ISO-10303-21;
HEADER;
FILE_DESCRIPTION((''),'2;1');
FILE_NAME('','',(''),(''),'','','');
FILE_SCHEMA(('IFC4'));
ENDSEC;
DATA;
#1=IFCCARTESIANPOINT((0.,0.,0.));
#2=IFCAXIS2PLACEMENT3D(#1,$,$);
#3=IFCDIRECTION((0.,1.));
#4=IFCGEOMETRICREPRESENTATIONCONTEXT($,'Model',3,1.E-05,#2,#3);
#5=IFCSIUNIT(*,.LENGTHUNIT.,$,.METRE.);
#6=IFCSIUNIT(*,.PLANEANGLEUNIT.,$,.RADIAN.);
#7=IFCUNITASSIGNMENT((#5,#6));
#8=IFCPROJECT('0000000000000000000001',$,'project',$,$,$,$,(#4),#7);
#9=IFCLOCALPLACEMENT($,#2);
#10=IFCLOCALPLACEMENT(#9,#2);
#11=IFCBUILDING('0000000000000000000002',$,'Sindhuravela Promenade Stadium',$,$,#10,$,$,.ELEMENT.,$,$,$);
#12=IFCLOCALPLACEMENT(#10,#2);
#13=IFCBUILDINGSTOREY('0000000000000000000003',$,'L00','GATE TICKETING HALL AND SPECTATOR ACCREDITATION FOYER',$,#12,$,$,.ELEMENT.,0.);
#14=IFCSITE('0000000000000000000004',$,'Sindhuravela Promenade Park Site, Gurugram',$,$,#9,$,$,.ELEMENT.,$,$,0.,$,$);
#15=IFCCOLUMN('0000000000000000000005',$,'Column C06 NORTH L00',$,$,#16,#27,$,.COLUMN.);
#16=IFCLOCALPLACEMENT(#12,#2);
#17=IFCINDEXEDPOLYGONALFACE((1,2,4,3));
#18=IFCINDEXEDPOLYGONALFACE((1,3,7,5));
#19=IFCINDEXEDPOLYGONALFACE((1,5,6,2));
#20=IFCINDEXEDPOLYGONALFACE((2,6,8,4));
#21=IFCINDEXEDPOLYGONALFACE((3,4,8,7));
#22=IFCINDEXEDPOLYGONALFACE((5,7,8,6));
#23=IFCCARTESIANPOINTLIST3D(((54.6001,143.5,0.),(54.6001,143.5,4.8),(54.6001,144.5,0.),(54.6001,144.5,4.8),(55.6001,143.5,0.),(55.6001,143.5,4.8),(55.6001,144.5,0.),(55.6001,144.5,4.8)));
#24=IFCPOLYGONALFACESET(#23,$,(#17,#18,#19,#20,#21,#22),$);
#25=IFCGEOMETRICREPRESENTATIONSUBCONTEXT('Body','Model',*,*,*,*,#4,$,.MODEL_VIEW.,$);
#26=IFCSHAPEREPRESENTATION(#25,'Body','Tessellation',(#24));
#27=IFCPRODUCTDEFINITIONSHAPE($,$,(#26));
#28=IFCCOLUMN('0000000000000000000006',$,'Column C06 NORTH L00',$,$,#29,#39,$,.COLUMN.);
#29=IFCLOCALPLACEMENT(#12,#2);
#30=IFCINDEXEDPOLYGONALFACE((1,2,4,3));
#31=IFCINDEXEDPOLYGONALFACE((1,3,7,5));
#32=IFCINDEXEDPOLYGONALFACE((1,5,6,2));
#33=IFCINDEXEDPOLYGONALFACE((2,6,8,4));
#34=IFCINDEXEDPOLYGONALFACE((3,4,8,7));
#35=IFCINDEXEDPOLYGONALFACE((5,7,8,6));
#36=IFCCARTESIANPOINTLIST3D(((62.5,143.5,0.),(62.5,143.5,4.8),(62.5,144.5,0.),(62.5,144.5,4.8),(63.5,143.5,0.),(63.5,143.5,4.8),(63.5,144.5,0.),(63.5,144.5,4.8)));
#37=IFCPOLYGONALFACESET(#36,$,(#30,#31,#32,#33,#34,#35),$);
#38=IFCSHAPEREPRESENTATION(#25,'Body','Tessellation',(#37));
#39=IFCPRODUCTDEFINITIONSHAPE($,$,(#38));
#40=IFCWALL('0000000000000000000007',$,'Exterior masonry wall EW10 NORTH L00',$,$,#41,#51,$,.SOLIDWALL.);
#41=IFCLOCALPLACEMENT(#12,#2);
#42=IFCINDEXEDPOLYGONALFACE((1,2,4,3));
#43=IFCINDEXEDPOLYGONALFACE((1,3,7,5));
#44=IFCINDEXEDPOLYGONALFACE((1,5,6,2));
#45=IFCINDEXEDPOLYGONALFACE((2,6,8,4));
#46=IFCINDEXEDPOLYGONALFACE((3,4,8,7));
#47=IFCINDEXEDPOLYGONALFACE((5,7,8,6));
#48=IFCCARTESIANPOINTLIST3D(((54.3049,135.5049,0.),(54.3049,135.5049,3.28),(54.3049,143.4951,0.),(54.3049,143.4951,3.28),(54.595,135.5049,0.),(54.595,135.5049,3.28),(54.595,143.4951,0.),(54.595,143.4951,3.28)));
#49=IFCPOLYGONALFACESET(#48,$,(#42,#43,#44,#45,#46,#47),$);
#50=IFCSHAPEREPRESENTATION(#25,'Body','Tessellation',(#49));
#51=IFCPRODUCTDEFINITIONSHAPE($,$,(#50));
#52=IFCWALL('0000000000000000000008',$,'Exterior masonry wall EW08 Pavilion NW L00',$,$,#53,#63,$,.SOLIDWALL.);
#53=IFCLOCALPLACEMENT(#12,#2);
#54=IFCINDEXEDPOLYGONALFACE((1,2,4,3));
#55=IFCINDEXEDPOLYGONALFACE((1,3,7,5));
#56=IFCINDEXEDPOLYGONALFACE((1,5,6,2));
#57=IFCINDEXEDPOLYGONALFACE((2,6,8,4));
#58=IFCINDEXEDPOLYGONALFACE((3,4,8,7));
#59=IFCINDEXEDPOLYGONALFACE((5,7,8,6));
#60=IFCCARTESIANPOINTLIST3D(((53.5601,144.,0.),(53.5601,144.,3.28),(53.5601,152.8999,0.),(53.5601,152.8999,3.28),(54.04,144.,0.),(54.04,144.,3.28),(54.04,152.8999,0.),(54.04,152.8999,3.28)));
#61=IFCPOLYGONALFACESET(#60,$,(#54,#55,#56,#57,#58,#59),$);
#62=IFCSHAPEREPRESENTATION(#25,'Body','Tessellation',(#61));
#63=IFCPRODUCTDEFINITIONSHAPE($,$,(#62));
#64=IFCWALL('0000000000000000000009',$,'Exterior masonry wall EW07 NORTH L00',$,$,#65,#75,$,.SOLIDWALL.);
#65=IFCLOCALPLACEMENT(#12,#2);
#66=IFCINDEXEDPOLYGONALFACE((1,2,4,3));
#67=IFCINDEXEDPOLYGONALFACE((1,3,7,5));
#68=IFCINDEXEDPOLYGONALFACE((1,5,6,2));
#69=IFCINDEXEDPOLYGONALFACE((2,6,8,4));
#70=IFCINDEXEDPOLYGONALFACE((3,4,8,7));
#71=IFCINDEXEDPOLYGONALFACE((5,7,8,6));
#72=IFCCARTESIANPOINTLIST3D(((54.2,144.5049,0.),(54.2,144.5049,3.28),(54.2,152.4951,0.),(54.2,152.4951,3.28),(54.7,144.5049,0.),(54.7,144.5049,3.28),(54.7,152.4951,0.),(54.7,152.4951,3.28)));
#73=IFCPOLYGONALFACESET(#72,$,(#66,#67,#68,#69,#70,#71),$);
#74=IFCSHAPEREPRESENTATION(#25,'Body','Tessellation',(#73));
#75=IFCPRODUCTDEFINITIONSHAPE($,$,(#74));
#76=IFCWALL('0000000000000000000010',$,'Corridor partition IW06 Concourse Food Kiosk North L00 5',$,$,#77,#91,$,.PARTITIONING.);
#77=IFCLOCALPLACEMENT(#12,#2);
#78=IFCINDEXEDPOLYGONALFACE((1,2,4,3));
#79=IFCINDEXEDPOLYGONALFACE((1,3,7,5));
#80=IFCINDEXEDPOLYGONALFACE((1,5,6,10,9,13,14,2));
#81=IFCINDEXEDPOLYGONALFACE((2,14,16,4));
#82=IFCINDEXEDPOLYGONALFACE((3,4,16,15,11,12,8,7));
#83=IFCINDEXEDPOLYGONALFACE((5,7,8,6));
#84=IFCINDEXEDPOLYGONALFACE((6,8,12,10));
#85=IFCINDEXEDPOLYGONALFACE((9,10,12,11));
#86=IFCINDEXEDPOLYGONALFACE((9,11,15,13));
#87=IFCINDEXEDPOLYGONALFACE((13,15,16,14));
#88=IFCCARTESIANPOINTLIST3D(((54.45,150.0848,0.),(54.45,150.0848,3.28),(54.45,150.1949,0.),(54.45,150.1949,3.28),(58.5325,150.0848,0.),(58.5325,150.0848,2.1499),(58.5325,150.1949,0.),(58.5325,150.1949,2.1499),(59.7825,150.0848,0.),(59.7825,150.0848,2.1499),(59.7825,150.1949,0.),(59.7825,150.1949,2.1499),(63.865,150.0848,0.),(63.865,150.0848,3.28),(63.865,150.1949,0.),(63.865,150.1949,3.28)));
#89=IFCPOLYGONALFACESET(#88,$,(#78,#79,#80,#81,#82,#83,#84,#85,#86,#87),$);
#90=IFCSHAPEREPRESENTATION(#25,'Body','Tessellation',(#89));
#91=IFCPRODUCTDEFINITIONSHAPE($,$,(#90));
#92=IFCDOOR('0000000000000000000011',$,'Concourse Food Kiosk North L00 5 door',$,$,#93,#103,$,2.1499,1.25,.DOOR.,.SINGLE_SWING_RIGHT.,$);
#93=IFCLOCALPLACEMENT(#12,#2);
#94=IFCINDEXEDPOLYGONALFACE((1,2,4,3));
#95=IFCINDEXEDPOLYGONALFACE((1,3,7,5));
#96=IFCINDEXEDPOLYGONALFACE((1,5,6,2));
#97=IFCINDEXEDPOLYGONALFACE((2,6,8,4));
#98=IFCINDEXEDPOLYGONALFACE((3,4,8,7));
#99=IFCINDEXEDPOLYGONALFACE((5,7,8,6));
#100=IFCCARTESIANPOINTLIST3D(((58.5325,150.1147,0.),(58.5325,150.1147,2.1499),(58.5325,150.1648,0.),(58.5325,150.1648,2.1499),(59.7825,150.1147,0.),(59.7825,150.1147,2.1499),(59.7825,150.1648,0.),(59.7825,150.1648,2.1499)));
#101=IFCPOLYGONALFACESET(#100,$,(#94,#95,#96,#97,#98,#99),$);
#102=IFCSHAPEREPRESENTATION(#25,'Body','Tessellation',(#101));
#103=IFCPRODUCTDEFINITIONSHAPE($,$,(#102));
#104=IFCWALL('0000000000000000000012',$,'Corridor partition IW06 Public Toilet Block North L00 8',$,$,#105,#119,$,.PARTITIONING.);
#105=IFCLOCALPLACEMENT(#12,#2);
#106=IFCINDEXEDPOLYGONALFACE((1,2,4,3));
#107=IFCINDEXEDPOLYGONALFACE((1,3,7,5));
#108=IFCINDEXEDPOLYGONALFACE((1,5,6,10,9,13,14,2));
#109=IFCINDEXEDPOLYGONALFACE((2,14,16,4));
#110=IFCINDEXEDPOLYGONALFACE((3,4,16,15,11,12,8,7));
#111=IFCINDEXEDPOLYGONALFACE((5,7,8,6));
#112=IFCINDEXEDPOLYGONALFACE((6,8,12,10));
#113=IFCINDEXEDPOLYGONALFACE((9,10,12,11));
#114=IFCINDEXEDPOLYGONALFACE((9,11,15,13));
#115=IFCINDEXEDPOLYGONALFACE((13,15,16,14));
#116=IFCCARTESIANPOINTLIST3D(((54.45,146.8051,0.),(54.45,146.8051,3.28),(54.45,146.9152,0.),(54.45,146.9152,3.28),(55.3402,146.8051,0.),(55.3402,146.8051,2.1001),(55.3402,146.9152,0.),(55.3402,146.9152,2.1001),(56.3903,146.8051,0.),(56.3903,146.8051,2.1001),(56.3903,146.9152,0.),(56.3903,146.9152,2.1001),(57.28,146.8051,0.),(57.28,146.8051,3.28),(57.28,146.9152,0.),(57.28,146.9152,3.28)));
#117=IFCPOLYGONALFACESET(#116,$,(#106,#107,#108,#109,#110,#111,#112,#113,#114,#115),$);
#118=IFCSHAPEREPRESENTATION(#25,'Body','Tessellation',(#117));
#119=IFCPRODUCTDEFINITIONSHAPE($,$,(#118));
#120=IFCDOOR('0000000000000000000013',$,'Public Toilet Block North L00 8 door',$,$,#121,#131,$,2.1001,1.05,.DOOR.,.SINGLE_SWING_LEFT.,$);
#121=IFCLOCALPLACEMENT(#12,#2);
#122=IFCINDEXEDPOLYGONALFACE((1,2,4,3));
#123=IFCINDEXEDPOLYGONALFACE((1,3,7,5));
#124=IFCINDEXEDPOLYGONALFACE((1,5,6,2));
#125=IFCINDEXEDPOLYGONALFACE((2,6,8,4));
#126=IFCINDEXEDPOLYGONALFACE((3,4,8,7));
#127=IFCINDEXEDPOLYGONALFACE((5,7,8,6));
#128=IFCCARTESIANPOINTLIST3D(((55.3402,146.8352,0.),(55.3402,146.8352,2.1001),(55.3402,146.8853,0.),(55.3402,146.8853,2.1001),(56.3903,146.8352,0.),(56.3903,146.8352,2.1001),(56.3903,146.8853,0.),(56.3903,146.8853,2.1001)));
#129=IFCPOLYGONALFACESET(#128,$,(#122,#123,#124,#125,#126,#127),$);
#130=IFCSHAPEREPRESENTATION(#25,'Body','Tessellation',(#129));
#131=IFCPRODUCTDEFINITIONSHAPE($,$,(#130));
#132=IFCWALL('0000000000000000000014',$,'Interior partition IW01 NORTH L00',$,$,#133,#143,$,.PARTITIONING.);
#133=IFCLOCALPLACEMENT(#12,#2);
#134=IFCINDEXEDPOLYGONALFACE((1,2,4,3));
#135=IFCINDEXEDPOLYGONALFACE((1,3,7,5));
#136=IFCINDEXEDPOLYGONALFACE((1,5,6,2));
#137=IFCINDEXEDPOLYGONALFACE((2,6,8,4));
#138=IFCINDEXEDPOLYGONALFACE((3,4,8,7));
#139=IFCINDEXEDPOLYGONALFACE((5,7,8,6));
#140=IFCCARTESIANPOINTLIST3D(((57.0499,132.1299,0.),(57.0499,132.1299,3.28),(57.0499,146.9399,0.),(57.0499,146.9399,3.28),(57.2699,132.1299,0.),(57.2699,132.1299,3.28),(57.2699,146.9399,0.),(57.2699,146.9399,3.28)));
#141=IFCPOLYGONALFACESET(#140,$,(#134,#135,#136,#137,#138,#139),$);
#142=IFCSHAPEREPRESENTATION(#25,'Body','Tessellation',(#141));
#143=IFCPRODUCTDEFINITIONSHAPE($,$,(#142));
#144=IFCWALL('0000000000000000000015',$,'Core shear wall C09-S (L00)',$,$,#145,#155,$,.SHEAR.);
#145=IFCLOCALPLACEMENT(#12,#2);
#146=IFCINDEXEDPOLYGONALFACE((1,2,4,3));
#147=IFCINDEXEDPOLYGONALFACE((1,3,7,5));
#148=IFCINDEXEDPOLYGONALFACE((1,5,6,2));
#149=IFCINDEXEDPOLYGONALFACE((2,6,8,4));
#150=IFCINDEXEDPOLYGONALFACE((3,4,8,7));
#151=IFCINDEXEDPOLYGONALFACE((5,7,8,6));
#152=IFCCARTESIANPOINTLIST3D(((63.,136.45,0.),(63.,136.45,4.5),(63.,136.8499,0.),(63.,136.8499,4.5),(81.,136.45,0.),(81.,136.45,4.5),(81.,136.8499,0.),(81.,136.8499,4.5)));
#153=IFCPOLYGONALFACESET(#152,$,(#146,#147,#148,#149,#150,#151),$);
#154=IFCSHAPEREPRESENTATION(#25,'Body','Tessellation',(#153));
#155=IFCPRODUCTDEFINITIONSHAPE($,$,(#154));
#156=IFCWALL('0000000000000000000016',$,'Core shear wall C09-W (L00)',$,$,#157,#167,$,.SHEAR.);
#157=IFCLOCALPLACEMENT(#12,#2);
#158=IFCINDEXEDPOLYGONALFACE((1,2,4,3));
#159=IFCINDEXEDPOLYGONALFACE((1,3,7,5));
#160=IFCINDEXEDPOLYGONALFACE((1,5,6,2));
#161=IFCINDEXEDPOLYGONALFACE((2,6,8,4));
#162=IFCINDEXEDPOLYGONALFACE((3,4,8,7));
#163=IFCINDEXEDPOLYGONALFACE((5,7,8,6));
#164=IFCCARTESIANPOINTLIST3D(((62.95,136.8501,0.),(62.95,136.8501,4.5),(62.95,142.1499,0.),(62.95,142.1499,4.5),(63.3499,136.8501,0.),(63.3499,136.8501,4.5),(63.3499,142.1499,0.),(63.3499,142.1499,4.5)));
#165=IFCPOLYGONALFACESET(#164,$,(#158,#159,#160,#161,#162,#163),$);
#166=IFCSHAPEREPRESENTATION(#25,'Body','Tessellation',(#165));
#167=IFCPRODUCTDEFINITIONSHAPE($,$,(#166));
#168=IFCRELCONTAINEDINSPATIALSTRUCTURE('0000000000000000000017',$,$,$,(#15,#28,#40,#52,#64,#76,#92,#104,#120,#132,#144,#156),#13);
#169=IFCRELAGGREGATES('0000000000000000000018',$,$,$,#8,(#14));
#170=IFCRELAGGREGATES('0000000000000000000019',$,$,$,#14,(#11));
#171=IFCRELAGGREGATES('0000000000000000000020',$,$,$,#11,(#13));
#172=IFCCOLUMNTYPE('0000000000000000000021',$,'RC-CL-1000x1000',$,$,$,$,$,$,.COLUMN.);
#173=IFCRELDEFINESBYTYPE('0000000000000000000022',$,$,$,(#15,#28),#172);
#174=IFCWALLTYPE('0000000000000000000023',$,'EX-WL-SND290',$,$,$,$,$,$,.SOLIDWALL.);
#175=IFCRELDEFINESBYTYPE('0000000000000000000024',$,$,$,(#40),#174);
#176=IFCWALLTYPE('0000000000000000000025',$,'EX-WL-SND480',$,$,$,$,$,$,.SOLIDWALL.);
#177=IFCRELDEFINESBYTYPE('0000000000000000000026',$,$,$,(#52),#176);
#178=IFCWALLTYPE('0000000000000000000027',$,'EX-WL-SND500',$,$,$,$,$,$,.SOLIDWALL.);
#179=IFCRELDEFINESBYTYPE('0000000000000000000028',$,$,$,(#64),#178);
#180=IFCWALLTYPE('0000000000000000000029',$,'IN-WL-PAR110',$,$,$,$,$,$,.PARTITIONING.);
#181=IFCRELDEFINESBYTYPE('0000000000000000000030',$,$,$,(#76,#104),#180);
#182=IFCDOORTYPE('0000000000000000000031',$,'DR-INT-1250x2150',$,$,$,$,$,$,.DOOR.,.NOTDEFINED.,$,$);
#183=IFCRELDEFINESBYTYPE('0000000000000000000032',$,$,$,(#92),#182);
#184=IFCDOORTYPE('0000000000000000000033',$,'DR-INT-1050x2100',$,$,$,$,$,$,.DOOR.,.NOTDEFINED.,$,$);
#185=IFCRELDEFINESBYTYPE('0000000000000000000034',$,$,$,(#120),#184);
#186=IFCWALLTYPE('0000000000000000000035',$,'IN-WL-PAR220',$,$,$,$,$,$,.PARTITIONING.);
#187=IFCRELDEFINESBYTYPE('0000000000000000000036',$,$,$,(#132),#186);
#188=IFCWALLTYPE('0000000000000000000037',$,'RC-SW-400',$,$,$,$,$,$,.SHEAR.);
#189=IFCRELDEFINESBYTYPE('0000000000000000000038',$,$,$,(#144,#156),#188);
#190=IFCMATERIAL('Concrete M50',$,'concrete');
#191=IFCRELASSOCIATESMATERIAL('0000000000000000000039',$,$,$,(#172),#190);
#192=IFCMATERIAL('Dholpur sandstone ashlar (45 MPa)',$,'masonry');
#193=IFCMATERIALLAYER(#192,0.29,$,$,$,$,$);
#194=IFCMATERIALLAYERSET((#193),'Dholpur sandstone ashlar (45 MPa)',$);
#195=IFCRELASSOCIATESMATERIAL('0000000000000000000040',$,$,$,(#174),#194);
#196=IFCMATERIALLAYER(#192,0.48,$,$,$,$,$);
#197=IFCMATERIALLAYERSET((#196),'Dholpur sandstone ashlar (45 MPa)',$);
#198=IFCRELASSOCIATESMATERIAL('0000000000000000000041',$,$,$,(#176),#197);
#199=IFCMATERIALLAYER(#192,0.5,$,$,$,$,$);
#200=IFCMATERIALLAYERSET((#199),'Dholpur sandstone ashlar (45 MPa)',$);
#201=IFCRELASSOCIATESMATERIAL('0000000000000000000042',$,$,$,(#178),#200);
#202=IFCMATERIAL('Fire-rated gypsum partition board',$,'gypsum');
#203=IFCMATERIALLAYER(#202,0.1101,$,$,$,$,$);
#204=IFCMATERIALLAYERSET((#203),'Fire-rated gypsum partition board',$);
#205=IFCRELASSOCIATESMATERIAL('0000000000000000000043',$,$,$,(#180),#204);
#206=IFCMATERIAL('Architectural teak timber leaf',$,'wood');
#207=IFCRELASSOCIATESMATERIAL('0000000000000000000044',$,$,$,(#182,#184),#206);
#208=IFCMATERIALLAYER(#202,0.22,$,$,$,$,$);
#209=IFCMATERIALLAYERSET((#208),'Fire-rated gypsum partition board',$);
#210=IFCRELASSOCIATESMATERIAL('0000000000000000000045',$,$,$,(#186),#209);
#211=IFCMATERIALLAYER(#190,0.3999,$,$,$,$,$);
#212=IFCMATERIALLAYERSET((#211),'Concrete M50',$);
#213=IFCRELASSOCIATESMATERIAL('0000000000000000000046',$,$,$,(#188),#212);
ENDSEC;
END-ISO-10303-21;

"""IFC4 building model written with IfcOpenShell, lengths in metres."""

from ifc_helpers import new_model, si_unit, direction, frame, frame_2d, origin, origin_2d, place, context, subcontext, project, spatial, rectangle, extrude, material, layer, layer_set, material_profile, profile_set, type_object, element, fill, save


model = new_model("IFC4")

# Units and contexts
model_context = context("Model", 3, precision=1e-05, world=origin(), true_north=direction((0.0, 1.0)))
body_context = subcontext(model_context, "Body", "Model", "MODEL_VIEW")
ifc_project = project(units=[si_unit("LENGTHUNIT", "METRE"), si_unit("PLANEANGLEUNIT", "RADIAN")], contexts=[model_context])

# Site, building, storey
site_placement = place(None, origin())
site = spatial("IfcSite", under=ifc_project, at=site_placement, Name="Sindhuravela Promenade Park Site, Gurugram", CompositionType="ELEMENT", RefElevation=0.0)
building_placement = place(site_placement, origin())
building = spatial("IfcBuilding", under=site, at=building_placement, Name="Sindhuravela Promenade Stadium", CompositionType="ELEMENT")
storey_placement = place(building_placement, origin())
storey = spatial("IfcBuildingStorey", under=building, at=storey_placement, Name="L00", Description="GATE TICKETING HALL AND SPECTATOR ACCREDITATION FOYER", CompositionType="ELEMENT", Elevation=0.0)

# Shared definitions
ifc_material_1 = material(Name="Concrete M50", Category="concrete")

# Columns
ifc_material_profile_1 = material_profile(ifc_material_1, rectangle(XDim=1.0, YDim=1.0, at=origin_2d()), Name="RC 1000x1000")
ifc_profile_set_1 = profile_set([ifc_material_profile_1], Name="Concrete M50")
column_type = type_object("IfcColumnType", Name="RC-CL-1000x1000", PredefinedType="COLUMN", material=ifc_profile_set_1)
for number, where, z_axis, x_axis, name in (
    (1, (55.1001, 144.0, 0.0), (0.0, 0.0, 1.0), (1.0, 0.0, 0.0), "Column C06 NORTH L00"),
    (2, (63.0, 144.0, 0.0), (0.0, 0.0, 1.0), (1.0, 0.0, 0.0), "Column C06 NORTH L00"),
):
    element("IfcColumn", number, at=place(storey_placement, frame(where, z_axis=z_axis, x_axis=x_axis)), inside=storey, type_object=column_type, Name=name, PredefinedType="COLUMN", context=body_context, shape_type="SweptSolid", body=[
        extrude(rectangle(XDim=1.0, YDim=1.0, at=origin_2d()), origin(), (0.0, 0.0, 1.0), 4.8),
    ])

# Walls
ifc_material_2 = material(Name="Dholpur sandstone ashlar (45 MPa)", Category="masonry")
ifc_layer_1 = layer(ifc_material_2, 0.29)
ifc_layer_set_1 = layer_set([ifc_layer_1], Name="Dholpur sandstone ashlar (45 MPa)")
wall_type_1 = type_object("IfcWallType", Name="EX-WL-SND290", PredefinedType="SOLIDWALL", material=ifc_layer_set_1)
wall_1_placement = place(storey_placement, frame((54.45, 135.5049, 0.0), z_axis=(0.0, 0.0, 1.0), x_axis=(0.0, 1.0, 0.0)))
element("IfcWall", 3, at=wall_1_placement, inside=storey, type_object=wall_type_1, Name="Exterior masonry wall EW10 NORTH L00", PredefinedType="SOLIDWALL", context=body_context, shape_type="SweptSolid", body=[
    extrude(rectangle(XDim=7.9902, YDim=0.29, at=frame_2d((3.9951, 0.0))), origin(), (0.0, 0.0, 1.0), 3.28),
])
ifc_layer_2 = layer(ifc_material_2, 0.48)
ifc_layer_set_2 = layer_set([ifc_layer_2], Name="Dholpur sandstone ashlar (45 MPa)")
wall_type_2 = type_object("IfcWallType", Name="EX-WL-SND480", PredefinedType="SOLIDWALL", material=ifc_layer_set_2)
wall_2_placement = place(storey_placement, frame((53.8, 152.8999, 0.0), z_axis=(0.0, 0.0, 1.0), x_axis=(0.0, -1.0, 0.0)))
element("IfcWall", 4, at=wall_2_placement, inside=storey, type_object=wall_type_2, Name="Exterior masonry wall EW08 Pavilion NW L00", PredefinedType="SOLIDWALL", context=body_context, shape_type="SweptSolid", body=[
    extrude(rectangle(XDim=8.8999, YDim=0.48, at=frame_2d((4.45, 0.0))), origin(), (0.0, 0.0, 1.0), 3.28),
])
ifc_layer_3 = layer(ifc_material_2, 0.5)
ifc_layer_set_3 = layer_set([ifc_layer_3], Name="Dholpur sandstone ashlar (45 MPa)")
wall_type_3 = type_object("IfcWallType", Name="EX-WL-SND500", PredefinedType="SOLIDWALL", material=ifc_layer_set_3)
wall_3_placement = place(storey_placement, frame((54.45, 144.5049, 0.0), z_axis=(0.0, 0.0, 1.0), x_axis=(0.0, 1.0, 0.0)))
element("IfcWall", 5, at=wall_3_placement, inside=storey, type_object=wall_type_3, Name="Exterior masonry wall EW07 NORTH L00", PredefinedType="SOLIDWALL", context=body_context, shape_type="SweptSolid", body=[
    extrude(rectangle(XDim=7.9902, YDim=0.5, at=frame_2d((3.9951, 0.0))), origin(), (0.0, 0.0, 1.0), 3.28),
])

# Walls, openings, doors
ifc_material_3 = material(Name="Fire-rated gypsum partition board", Category="gypsum")
ifc_layer_4 = layer(ifc_material_3, 0.1101)
ifc_layer_set_4 = layer_set([ifc_layer_4], Name="Fire-rated gypsum partition board")
wall_type_4 = type_object("IfcWallType", Name="IN-WL-PAR110", PredefinedType="PARTITIONING", material=ifc_layer_set_4)
wall_4_placement = place(storey_placement, frame((54.45, 150.1399, 0.0), z_axis=(0.0, 0.0, 1.0), x_axis=(1.0, 0.0, 0.0)))
wall_4 = element("IfcWall", 6, at=wall_4_placement, inside=storey, type_object=wall_type_4, Name="Corridor partition IW06 Concourse Food Kiosk North L00 5", PredefinedType="PARTITIONING", context=body_context, shape_type="SweptSolid", body=[
    extrude(rectangle(XDim=9.415, YDim=0.1101, at=frame_2d((4.7075, 0.0))), origin(), (0.0, 0.0, 1.0), 3.28),
])
opening_1_placement = place(wall_4_placement, frame((4.0825, 0.0, 0.0)))
opening_1 = element("IfcOpeningElement", 7, at=opening_1_placement, cuts=wall_4, PredefinedType="OPENING", context=body_context, shape_type="SweptSolid", body=[
    extrude(rectangle(XDim=1.25, YDim=2.1499, at=frame_2d((0.625, 1.075))), frame((0.0, 0.0649, 0.0), z_axis=(0.0, -1.0, 0.0), x_axis=(1.0, 0.0, 0.0)), (0.0, 0.0, 1.0), 0.1301),
])
ifc_material_4 = material(Name="Architectural teak timber leaf", Category="wood")
door_type_1 = type_object("IfcDoorType", Name="DR-INT-1250x2150", OperationType="NOTDEFINED", PredefinedType="DOOR", material=ifc_material_4)
door_1_placement = place(opening_1_placement, origin())
door_1 = element("IfcDoor", 8, at=door_1_placement, inside=storey, type_object=door_type_1, Name="Concourse Food Kiosk North L00 5 door", OperationType="SINGLE_SWING_RIGHT", OverallHeight=2.1499, OverallWidth=1.25, PredefinedType="DOOR", context=body_context, shape_type="SweptSolid", body=[
    extrude(rectangle(XDim=1.25, YDim=2.1499, at=frame_2d((0.625, 1.075))), frame((0.0, 0.0249, 0.0), z_axis=(0.0, -1.0, 0.0), x_axis=(1.0, 0.0, 0.0)), (0.0, 0.0, 1.0), 0.05),
])
fill(opening_1, door_1)
wall_5_placement = place(storey_placement, frame((57.28, 146.8601, 0.0), z_axis=(0.0, 0.0, 1.0), x_axis=(-1.0, 0.0, 0.0)))
wall_5 = element("IfcWall", 9, at=wall_5_placement, inside=storey, type_object=wall_type_4, Name="Corridor partition IW06 Public Toilet Block North L00 8", PredefinedType="PARTITIONING", context=body_context, shape_type="SweptSolid", body=[
    extrude(rectangle(XDim=2.8301, YDim=0.1101, at=frame_2d((1.415, 0.0))), origin(), (0.0, 0.0, 1.0), 3.28),
])
opening_2_placement = place(wall_5_placement, frame((0.8899, 0.0, 0.0)))
opening_2 = element("IfcOpeningElement", 10, at=opening_2_placement, cuts=wall_5, PredefinedType="OPENING", context=body_context, shape_type="SweptSolid", body=[
    extrude(rectangle(XDim=1.05, YDim=2.1001, at=frame_2d((0.5249, 1.05))), frame((0.0, 0.0649, 0.0), z_axis=(0.0, -1.0, 0.0), x_axis=(1.0, 0.0, 0.0)), (0.0, 0.0, 1.0), 0.1301),
])
door_type_2 = type_object("IfcDoorType", Name="DR-INT-1050x2100", OperationType="NOTDEFINED", PredefinedType="DOOR", material=ifc_material_4)
door_2_placement = place(opening_2_placement, origin())
door_2 = element("IfcDoor", 11, at=door_2_placement, inside=storey, type_object=door_type_2, Name="Public Toilet Block North L00 8 door", OperationType="SINGLE_SWING_LEFT", OverallHeight=2.1001, OverallWidth=1.05, PredefinedType="DOOR", context=body_context, shape_type="SweptSolid", body=[
    extrude(rectangle(XDim=1.05, YDim=2.1001, at=frame_2d((0.5249, 1.05))), frame((0.0, 0.0249, 0.0), z_axis=(0.0, -1.0, 0.0), x_axis=(1.0, 0.0, 0.0)), (0.0, 0.0, 1.0), 0.05),
])
fill(opening_2, door_2)

# Walls
ifc_layer_5 = layer(ifc_material_3, 0.22)
ifc_layer_set_5 = layer_set([ifc_layer_5], Name="Fire-rated gypsum partition board")
wall_type_5 = type_object("IfcWallType", Name="IN-WL-PAR220", PredefinedType="PARTITIONING", material=ifc_layer_set_5)
wall_6_placement = place(storey_placement, frame((57.1599, 146.9399, 0.0), z_axis=(0.0, 0.0, 1.0), x_axis=(0.0, -1.0, 0.0)))
element("IfcWall", 12, at=wall_6_placement, inside=storey, type_object=wall_type_5, Name="Interior partition IW01 NORTH L00", PredefinedType="PARTITIONING", context=body_context, shape_type="SweptSolid", body=[
    extrude(rectangle(XDim=14.8101, YDim=0.22, at=frame_2d((7.405, 0.0))), origin(), (0.0, 0.0, 1.0), 3.28),
])
ifc_layer_6 = layer(ifc_material_1, 0.3999)
ifc_layer_set_6 = layer_set([ifc_layer_6], Name="Concrete M50")
wall_type_6 = type_object("IfcWallType", Name="RC-SW-400", PredefinedType="SHEAR", material=ifc_layer_set_6)
wall_7_placement = place(storey_placement, frame((63.0, 136.6499, 0.0), z_axis=(0.0, 0.0, 1.0), x_axis=(1.0, 0.0, 0.0)))
element("IfcWall", 13, at=wall_7_placement, inside=storey, type_object=wall_type_6, Name="Core shear wall C09-S (L00)", PredefinedType="SHEAR", context=body_context, shape_type="SweptSolid", body=[
    extrude(rectangle(XDim=18.0, YDim=0.3999, at=frame_2d((9.0, 0.0))), origin(), (0.0, 0.0, 1.0), 4.5),
])
wall_8_placement = place(storey_placement, frame((63.1499, 142.1499, 0.0), z_axis=(0.0, 0.0, 1.0), x_axis=(0.0, -1.0, 0.0)))
element("IfcWall", 14, at=wall_8_placement, inside=storey, type_object=wall_type_6, Name="Core shear wall C09-W (L00)", PredefinedType="SHEAR", context=body_context, shape_type="SweptSolid", body=[
    extrude(rectangle(XDim=5.2998, YDim=0.3999, at=frame_2d((2.6499, 0.0))), origin(), (0.0, 0.0, 1.0), 4.5),
])

save(model, "model.ifc")
